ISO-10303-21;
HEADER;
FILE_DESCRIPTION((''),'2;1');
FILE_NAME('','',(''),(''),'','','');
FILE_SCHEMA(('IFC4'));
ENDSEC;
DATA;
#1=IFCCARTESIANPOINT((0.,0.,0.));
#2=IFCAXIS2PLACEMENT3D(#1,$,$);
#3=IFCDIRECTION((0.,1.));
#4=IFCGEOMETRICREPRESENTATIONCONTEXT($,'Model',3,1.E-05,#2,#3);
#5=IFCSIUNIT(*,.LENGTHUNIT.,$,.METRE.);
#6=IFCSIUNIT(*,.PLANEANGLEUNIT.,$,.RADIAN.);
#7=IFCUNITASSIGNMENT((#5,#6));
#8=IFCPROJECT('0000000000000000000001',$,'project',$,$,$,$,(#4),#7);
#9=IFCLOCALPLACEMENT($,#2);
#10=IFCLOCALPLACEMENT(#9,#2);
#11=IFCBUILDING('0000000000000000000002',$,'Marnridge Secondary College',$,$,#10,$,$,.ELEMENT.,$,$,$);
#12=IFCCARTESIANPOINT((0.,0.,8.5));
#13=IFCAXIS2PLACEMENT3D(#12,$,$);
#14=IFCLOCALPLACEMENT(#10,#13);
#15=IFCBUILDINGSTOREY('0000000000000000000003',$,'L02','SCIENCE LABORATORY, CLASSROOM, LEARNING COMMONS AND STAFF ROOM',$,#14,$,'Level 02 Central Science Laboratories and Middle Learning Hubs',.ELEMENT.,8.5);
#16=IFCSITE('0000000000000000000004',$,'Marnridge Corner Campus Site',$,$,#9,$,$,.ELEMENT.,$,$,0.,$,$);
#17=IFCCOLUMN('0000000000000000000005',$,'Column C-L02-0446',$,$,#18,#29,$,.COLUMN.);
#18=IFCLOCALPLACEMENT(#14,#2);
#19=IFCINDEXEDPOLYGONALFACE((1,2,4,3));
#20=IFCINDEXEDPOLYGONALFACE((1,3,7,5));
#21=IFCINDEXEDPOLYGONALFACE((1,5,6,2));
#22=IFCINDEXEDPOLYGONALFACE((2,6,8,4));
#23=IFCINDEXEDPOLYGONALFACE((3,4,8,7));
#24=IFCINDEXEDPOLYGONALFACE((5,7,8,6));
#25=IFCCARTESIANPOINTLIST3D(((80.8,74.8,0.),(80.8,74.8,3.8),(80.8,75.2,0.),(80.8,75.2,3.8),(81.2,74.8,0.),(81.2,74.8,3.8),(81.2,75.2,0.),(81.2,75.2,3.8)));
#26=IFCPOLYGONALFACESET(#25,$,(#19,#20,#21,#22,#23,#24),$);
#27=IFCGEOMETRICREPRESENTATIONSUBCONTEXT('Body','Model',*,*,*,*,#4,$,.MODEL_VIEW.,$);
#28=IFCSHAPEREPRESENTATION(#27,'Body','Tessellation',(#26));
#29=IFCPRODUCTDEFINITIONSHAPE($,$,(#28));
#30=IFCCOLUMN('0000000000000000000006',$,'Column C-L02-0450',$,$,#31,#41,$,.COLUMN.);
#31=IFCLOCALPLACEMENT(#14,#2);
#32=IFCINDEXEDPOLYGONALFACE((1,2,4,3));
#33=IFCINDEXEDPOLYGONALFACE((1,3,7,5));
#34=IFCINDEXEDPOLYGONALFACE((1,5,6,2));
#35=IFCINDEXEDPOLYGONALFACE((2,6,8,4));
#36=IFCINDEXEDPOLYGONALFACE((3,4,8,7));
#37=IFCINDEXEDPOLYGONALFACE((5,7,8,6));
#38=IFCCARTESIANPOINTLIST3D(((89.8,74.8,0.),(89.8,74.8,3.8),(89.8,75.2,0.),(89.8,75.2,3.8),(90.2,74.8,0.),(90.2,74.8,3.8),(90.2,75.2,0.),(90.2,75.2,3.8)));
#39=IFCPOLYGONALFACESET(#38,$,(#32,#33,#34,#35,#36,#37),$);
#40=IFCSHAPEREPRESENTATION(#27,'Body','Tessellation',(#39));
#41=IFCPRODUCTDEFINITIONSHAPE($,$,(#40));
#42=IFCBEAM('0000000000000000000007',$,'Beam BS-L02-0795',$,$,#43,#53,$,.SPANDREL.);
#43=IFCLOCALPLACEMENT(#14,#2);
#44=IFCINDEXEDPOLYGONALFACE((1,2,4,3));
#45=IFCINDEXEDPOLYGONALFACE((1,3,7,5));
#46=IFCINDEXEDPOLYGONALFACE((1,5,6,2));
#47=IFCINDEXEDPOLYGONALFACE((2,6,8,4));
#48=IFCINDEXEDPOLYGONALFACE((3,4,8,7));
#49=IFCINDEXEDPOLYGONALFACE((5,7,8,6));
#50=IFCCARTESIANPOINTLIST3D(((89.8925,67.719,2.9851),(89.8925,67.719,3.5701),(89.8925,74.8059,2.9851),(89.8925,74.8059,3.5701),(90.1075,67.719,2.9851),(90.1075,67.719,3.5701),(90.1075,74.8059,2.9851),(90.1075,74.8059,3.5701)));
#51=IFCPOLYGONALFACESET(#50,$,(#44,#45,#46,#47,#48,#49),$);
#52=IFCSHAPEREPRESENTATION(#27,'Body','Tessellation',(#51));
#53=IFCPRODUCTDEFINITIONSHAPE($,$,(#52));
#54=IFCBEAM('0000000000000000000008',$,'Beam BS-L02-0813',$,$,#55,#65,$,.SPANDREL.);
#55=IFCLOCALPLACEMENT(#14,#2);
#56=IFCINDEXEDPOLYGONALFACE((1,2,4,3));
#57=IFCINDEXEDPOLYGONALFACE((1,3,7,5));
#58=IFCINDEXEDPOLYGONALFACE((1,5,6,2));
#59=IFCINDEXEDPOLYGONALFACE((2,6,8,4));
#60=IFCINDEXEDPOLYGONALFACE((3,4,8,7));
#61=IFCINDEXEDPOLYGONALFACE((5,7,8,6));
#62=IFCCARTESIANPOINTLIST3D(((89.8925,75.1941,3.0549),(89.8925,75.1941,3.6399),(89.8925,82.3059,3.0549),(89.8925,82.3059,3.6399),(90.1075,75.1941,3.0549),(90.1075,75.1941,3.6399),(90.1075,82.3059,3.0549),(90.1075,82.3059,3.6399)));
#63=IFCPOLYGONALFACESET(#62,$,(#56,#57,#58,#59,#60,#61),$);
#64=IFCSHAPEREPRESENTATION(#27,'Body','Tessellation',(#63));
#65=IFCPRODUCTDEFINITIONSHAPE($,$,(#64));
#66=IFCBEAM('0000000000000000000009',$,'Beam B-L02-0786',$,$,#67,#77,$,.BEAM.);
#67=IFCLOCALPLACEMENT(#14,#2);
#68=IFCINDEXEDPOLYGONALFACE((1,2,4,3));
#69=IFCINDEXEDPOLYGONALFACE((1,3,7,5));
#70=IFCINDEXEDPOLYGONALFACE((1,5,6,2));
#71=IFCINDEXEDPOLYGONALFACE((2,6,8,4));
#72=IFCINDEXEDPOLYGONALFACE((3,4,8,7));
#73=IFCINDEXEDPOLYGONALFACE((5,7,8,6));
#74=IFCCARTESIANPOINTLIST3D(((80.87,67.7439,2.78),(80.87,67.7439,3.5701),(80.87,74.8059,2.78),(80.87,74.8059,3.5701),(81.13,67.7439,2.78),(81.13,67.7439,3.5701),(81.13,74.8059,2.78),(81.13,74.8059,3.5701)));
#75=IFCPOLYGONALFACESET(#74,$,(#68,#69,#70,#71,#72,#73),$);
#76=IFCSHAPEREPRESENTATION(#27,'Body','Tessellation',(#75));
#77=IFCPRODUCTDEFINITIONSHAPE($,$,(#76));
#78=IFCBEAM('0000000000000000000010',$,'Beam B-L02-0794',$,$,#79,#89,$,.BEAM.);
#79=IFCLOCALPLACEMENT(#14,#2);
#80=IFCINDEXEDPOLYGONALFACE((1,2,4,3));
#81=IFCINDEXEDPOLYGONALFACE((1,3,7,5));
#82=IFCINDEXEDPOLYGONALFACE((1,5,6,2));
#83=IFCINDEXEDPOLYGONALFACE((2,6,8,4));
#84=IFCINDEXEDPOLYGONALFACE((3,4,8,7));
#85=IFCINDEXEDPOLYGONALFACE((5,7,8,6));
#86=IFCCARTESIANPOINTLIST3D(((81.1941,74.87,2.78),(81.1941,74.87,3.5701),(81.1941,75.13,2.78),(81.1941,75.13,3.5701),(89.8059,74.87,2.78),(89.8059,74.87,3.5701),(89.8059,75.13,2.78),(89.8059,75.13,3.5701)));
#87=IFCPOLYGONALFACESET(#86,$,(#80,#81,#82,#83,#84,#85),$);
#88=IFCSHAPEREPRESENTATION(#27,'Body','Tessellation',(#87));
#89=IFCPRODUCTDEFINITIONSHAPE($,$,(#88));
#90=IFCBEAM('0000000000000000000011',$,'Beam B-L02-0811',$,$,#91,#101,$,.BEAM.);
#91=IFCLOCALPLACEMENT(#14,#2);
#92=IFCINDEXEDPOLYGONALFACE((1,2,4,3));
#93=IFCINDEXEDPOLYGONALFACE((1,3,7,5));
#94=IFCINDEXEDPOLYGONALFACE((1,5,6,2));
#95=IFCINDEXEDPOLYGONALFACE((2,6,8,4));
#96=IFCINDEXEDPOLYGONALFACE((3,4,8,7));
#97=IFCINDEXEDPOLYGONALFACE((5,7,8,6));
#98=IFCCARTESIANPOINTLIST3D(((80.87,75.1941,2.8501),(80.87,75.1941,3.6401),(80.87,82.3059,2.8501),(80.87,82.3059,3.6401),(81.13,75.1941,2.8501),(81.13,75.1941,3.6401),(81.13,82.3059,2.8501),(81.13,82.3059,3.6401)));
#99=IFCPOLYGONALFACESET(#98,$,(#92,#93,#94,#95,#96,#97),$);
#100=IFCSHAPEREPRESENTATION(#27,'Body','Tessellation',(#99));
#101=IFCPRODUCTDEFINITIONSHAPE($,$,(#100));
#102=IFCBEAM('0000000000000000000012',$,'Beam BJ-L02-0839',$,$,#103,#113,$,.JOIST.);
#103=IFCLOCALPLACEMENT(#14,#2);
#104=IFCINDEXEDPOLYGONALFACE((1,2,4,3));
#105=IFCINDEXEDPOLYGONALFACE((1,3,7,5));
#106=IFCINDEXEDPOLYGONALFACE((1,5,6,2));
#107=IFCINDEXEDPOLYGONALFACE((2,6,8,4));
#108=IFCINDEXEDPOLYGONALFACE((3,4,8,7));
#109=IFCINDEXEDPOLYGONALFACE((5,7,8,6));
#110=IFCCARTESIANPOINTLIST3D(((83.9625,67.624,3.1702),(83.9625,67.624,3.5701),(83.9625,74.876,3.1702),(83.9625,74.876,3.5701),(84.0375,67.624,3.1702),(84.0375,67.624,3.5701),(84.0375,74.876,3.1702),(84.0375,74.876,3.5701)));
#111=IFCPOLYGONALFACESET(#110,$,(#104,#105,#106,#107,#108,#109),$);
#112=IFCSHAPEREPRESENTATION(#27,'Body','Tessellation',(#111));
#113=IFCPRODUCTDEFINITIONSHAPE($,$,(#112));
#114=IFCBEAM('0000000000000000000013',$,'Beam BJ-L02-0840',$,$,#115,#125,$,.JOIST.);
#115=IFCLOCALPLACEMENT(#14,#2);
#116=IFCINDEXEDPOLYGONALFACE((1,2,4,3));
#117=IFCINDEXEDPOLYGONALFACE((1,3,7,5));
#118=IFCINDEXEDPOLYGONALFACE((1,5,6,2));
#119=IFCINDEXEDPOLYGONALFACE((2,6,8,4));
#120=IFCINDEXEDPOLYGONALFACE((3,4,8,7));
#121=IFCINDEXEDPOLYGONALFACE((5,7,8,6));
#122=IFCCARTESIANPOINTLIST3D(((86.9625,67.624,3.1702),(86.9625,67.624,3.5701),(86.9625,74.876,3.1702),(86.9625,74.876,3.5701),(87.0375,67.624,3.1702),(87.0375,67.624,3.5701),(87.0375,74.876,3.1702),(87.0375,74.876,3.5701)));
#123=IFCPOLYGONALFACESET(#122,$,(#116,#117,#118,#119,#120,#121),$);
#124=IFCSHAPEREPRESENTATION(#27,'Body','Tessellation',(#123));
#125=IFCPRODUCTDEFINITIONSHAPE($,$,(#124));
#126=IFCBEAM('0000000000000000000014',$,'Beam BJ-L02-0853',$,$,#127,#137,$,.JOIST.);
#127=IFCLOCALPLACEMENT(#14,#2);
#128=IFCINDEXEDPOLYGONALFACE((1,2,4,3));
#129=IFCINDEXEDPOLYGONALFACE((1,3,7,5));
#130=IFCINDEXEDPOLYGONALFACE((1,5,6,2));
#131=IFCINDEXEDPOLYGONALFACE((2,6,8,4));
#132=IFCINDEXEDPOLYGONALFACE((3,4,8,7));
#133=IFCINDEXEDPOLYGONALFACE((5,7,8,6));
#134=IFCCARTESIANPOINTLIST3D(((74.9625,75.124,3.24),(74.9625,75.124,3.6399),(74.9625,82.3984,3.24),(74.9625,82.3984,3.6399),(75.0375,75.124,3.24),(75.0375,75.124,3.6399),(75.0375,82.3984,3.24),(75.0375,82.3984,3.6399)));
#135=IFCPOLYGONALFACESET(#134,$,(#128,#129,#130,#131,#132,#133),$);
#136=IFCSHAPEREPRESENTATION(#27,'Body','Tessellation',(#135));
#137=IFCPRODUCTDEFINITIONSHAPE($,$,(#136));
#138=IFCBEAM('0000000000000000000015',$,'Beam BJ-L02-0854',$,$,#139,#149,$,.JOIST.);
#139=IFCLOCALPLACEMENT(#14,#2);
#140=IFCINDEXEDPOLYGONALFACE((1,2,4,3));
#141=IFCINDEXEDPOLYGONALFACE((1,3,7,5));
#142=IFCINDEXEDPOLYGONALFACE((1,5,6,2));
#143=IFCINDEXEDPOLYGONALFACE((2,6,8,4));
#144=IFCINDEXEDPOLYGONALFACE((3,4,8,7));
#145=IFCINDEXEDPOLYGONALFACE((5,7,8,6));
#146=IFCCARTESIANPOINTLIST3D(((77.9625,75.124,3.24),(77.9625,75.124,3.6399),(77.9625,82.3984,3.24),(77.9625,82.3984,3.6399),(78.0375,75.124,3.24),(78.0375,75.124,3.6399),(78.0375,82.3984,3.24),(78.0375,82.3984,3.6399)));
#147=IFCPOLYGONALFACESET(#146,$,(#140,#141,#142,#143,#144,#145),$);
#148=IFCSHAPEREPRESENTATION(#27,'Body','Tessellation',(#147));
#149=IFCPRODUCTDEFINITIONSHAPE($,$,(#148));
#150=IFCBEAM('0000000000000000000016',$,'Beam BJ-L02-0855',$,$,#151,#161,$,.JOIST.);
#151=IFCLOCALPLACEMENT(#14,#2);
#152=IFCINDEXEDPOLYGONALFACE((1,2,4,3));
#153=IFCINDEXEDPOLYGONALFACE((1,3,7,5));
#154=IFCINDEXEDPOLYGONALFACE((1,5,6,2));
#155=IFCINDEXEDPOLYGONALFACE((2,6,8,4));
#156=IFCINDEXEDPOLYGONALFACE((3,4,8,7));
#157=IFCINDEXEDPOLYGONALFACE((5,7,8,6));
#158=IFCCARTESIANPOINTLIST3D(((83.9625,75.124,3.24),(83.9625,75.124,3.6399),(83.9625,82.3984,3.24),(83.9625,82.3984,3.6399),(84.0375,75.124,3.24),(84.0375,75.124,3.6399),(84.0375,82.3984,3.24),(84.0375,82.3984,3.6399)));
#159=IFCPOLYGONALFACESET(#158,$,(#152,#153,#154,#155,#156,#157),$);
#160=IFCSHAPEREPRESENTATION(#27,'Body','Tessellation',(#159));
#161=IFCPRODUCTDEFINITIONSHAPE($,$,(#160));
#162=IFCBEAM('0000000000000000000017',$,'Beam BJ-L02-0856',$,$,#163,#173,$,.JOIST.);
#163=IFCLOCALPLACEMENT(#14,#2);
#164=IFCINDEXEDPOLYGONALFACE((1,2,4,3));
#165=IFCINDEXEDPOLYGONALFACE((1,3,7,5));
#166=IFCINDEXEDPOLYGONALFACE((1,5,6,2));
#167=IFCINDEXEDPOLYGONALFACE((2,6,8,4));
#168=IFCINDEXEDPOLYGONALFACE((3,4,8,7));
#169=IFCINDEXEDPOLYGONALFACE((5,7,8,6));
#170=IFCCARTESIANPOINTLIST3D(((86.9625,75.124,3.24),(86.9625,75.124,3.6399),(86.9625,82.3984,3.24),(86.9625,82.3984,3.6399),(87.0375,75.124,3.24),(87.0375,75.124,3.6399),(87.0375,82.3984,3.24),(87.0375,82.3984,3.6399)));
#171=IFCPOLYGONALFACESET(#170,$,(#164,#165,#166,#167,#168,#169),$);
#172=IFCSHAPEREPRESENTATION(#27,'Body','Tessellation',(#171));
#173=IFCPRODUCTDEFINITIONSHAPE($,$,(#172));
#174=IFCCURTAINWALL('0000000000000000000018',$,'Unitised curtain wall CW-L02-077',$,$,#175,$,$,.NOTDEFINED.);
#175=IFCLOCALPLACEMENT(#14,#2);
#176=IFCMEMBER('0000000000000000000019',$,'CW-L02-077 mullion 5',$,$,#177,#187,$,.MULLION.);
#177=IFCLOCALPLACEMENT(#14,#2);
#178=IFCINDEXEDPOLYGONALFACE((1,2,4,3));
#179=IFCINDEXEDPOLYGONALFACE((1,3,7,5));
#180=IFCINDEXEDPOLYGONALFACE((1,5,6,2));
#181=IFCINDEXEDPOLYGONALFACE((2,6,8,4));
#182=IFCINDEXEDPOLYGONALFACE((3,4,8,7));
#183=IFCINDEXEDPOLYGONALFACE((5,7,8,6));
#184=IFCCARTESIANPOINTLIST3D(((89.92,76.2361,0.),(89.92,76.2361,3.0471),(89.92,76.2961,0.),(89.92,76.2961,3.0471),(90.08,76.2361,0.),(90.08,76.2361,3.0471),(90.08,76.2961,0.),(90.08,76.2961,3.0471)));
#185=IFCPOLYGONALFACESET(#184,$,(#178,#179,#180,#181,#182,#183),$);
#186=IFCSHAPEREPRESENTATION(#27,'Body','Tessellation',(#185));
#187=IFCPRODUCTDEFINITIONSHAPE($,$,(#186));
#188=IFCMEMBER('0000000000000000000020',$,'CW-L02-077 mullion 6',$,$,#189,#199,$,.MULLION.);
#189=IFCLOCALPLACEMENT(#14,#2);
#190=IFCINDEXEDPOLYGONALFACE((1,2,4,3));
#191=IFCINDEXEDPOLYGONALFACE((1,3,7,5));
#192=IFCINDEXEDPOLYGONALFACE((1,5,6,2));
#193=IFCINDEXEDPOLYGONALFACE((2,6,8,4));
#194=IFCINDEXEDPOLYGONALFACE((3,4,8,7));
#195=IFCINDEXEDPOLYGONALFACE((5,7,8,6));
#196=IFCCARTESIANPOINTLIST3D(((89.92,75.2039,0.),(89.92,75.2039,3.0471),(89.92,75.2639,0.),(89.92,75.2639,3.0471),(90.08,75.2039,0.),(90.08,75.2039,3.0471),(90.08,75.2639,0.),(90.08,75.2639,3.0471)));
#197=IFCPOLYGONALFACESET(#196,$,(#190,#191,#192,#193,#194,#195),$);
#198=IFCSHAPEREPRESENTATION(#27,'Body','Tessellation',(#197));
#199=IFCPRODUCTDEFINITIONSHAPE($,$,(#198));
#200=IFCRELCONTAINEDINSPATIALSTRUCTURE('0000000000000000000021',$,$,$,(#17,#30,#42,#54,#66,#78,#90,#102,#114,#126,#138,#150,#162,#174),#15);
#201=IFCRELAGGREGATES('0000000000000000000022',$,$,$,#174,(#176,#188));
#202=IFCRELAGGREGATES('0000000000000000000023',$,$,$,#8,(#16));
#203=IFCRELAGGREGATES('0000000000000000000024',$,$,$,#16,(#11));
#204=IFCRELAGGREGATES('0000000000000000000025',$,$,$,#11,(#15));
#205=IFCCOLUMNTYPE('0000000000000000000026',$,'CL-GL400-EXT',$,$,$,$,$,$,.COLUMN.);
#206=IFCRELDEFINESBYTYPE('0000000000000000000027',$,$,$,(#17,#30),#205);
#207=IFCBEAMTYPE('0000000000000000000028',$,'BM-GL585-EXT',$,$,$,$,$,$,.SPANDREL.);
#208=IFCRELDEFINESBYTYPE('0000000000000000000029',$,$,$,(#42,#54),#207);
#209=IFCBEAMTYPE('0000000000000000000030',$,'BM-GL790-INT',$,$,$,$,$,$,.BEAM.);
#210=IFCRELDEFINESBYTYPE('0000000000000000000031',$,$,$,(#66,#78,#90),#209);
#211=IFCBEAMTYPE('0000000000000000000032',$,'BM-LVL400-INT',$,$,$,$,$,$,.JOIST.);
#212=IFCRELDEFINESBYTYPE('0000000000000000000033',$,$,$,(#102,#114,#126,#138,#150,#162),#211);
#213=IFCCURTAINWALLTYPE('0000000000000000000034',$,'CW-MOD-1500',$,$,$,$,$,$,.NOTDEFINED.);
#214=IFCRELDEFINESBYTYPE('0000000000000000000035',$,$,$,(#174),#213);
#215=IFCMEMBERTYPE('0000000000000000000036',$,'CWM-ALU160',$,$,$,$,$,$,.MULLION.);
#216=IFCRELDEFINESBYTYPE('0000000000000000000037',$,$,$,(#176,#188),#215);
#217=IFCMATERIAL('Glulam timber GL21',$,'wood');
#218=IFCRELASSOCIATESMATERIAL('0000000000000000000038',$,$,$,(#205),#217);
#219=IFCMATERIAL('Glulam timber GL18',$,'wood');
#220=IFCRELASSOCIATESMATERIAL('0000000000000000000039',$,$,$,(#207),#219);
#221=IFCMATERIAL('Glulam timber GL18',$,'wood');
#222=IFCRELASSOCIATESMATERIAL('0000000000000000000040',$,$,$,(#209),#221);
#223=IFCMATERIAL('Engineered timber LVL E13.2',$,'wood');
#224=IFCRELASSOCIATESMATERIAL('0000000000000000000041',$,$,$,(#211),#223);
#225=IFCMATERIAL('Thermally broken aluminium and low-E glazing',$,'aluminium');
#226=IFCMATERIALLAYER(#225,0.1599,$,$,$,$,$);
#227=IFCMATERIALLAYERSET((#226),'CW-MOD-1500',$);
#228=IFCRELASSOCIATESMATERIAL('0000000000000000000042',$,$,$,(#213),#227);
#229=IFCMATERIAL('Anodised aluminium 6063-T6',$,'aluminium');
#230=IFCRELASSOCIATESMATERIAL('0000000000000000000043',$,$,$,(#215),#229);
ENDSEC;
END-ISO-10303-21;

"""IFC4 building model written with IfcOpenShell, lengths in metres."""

from ifc_helpers import new_model, si_unit, direction, frame, origin, origin_2d, place, context, subcontext, project, spatial, rectangle, extrude, material, layer, layer_set, material_profile, profile_set, type_object, element, aggregate, save


model = new_model("IFC4")

# Units and contexts
model_context = context("Model", 3, precision=1e-05, world=origin(), true_north=direction((0.0, 1.0)))
body_context = subcontext(model_context, "Body", "Model", "MODEL_VIEW")
ifc_project = project(units=[si_unit("LENGTHUNIT", "METRE"), si_unit("PLANEANGLEUNIT", "RADIAN")], contexts=[model_context])

# Site, building, storey
site_placement = place(None, origin())
site = spatial("IfcSite", under=ifc_project, at=site_placement, Name="Marnridge Corner Campus Site", CompositionType="ELEMENT", RefElevation=0.0)
building_placement = place(site_placement, origin())
building = spatial("IfcBuilding", under=site, at=building_placement, Name="Marnridge Secondary College", CompositionType="ELEMENT")
storey_placement = place(building_placement, frame((0.0, 0.0, 8.5)))
storey = spatial("IfcBuildingStorey", under=building, at=storey_placement, Name="L02", Description="SCIENCE LABORATORY, CLASSROOM, LEARNING COMMONS AND STAFF ROOM", LongName="Level 02 Central Science Laboratories and Middle Learning Hubs", CompositionType="ELEMENT", Elevation=8.5)

# Columns
ifc_material_1 = material(Name="Glulam timber GL21", Category="wood")
ifc_material_profile_1 = material_profile(ifc_material_1, rectangle(XDim=0.3999, YDim=0.3999, at=origin_2d()), Name="GL21 400x400")
ifc_profile_set_1 = profile_set([ifc_material_profile_1], Name="Glulam timber GL21")
column_type = type_object("IfcColumnType", Name="CL-GL400-EXT", PredefinedType="COLUMN", material=ifc_profile_set_1)
for number, where, z_axis, x_axis, name in (
    (1, (81.0, 75.0, 0.0), (0.0, 0.0, 1.0), (1.0, 0.0, 0.0), "Column C-L02-0446"),
    (2, (90.0, 75.0, 0.0), (0.0, 0.0, 1.0), (1.0, 0.0, 0.0), "Column C-L02-0450"),
):
    element("IfcColumn", number, at=place(storey_placement, frame(where, z_axis=z_axis, x_axis=x_axis)), inside=storey, type_object=column_type, Name=name, PredefinedType="COLUMN", context=body_context, shape_type="SweptSolid", body=[
        extrude(rectangle(XDim=0.3999, YDim=0.3999, at=origin_2d()), origin(), (0.0, 0.0, 1.0), 3.8),
    ])

# Beams
ifc_material_2 = material(Name="Glulam timber GL18", Category="wood")
ifc_material_profile_2 = material_profile(ifc_material_2, rectangle(XDim=0.2151, YDim=0.585, at=origin_2d()), Name="GL18 215x585")
ifc_profile_set_2 = profile_set([ifc_material_profile_2], Name="Glulam timber GL18")
beam_type_1 = type_object("IfcBeamType", Name="BM-GL585-EXT", PredefinedType="SPANDREL", material=ifc_profile_set_2)
beam_1_placement = place(storey_placement, frame((90.0, 67.719, 3.2776), z_axis=(0.0, 1.0, 0.0), x_axis=(-1.0, 0.0, 0.0)))
element("IfcBeam", 3, at=beam_1_placement, inside=storey, type_object=beam_type_1, Name="Beam BS-L02-0795", PredefinedType="SPANDREL", context=body_context, shape_type="SweptSolid", body=[
    extrude(rectangle(XDim=0.2151, YDim=0.585, at=origin_2d()), origin(), (0.0, 0.0, 1.0), 7.0869),
])
beam_2_placement = place(storey_placement, frame((90.0, 75.1941, 3.3474), z_axis=(0.0, 1.0, 0.0), x_axis=(-1.0, 0.0, 0.0)))
element("IfcBeam", 4, at=beam_2_placement, inside=storey, type_object=beam_type_1, Name="Beam BS-L02-0813", PredefinedType="SPANDREL", context=body_context, shape_type="SweptSolid", body=[
    extrude(rectangle(XDim=0.2151, YDim=0.585, at=origin_2d()), origin(), (0.0, 0.0, 1.0), 7.1118),
])
ifc_material_3 = material(Name="Glulam timber GL18", Category="wood")
ifc_material_profile_3 = material_profile(ifc_material_3, rectangle(XDim=0.26, YDim=0.79, at=origin_2d()), Name="GL18 260x790")
ifc_profile_set_3 = profile_set([ifc_material_profile_3], Name="Glulam timber GL18")
beam_type_2 = type_object("IfcBeamType", Name="BM-GL790-INT", PredefinedType="BEAM", material=ifc_profile_set_3)
beam_3_placement = place(storey_placement, frame((81.0, 67.7439, 3.175), z_axis=(0.0, 1.0, 0.0), x_axis=(-1.0, 0.0, 0.0)))
element("IfcBeam", 5, at=beam_3_placement, inside=storey, type_object=beam_type_2, Name="Beam B-L02-0786", PredefinedType="BEAM", context=body_context, shape_type="SweptSolid", body=[
    extrude(rectangle(XDim=0.26, YDim=0.79, at=origin_2d()), origin(), (0.0, 0.0, 1.0), 7.062),
])
beam_4_placement = place(storey_placement, frame((81.1941, 75.0, 3.175), z_axis=(1.0, 0.0, 0.0), x_axis=(0.0, 1.0, 0.0)))
element("IfcBeam", 6, at=beam_4_placement, inside=storey, type_object=beam_type_2, Name="Beam B-L02-0794", PredefinedType="BEAM", context=body_context, shape_type="SweptSolid", body=[
    extrude(rectangle(XDim=0.26, YDim=0.79, at=origin_2d()), origin(), (0.0, 0.0, 1.0), 8.6118),
])
beam_5_placement = place(storey_placement, frame((81.0, 75.1941, 3.2451), z_axis=(0.0, 1.0, 0.0), x_axis=(-1.0, 0.0, 0.0)))
element("IfcBeam", 7, at=beam_5_placement, inside=storey, type_object=beam_type_2, Name="Beam B-L02-0811", PredefinedType="BEAM", context=body_context, shape_type="SweptSolid", body=[
    extrude(rectangle(XDim=0.26, YDim=0.79, at=origin_2d()), origin(), (0.0, 0.0, 1.0), 7.1118),
])
ifc_material_4 = material(Name="Engineered timber LVL E13.2", Category="wood")
ifc_material_profile_4 = material_profile(ifc_material_4, rectangle(XDim=0.075, YDim=0.3999, at=origin_2d()), Name="LVL 75x400")
ifc_profile_set_4 = profile_set([ifc_material_profile_4], Name="Engineered timber LVL E13.2")
beam_type_3 = type_object("IfcBeamType", Name="BM-LVL400-INT", PredefinedType="JOIST", material=ifc_profile_set_4)
for number, where, z_axis, x_axis, name in (
    (8, (84.0, 67.624, 3.3701), (0.0, 1.0, 0.0), (-1.0, 0.0, 0.0), "Beam BJ-L02-0839"),
    (9, (87.0, 67.624, 3.3701), (0.0, 1.0, 0.0), (-1.0, 0.0, 0.0), "Beam BJ-L02-0840"),
):
    element("IfcBeam", number, at=place(storey_placement, frame(where, z_axis=z_axis, x_axis=x_axis)), inside=storey, type_object=beam_type_3, Name=name, PredefinedType="JOIST", context=body_context, shape_type="SweptSolid", body=[
        extrude(rectangle(XDim=0.075, YDim=0.3999, at=origin_2d()), origin(), (0.0, 0.0, 1.0), 7.252),
    ])
for number, where, z_axis, x_axis, name in (
    (10, (75.0, 75.124, 3.4399), (0.0, 1.0, 0.0), (-1.0, 0.0, 0.0), "Beam BJ-L02-0853"),
    (11, (78.0, 75.124, 3.4399), (0.0, 1.0, 0.0), (-1.0, 0.0, 0.0), "Beam BJ-L02-0854"),
    (12, (84.0, 75.124, 3.4399), (0.0, 1.0, 0.0), (-1.0, 0.0, 0.0), "Beam BJ-L02-0855"),
    (13, (87.0, 75.124, 3.4399), (0.0, 1.0, 0.0), (-1.0, 0.0, 0.0), "Beam BJ-L02-0856"),
):
    element("IfcBeam", number, at=place(storey_placement, frame(where, z_axis=z_axis, x_axis=x_axis)), inside=storey, type_object=beam_type_3, Name=name, PredefinedType="JOIST", context=body_context, shape_type="SweptSolid", body=[
        extrude(rectangle(XDim=0.075, YDim=0.3999, at=origin_2d()), origin(), (0.0, 0.0, 1.0), 7.2744),
    ])

# Curtain wall, members
ifc_material_5 = material(Name="Thermally broken aluminium and low-E glazing", Category="aluminium")
ifc_layer_1 = layer(ifc_material_5, 0.1599)
ifc_layer_set_1 = layer_set([ifc_layer_1], Name="CW-MOD-1500")
curtain_wall_type = type_object("IfcCurtainWallType", Name="CW-MOD-1500", PredefinedType="NOTDEFINED", material=ifc_layer_set_1)
curtain_wall_placement = place(storey_placement, origin())
curtain_wall = element("IfcCurtainWall", 14, at=curtain_wall_placement, inside=storey, type_object=curtain_wall_type, Name="Unitised curtain wall CW-L02-077", PredefinedType="NOTDEFINED")
ifc_material_6 = material(Name="Anodised aluminium 6063-T6", Category="aluminium")
ifc_material_profile_5 = material_profile(ifc_material_6, rectangle(XDim=0.0601, YDim=0.1599, at=origin_2d()), Name="ALU 60x160")
ifc_profile_set_5 = profile_set([ifc_material_profile_5], Name="Anodised aluminium 6063-T6")
member_type_1 = type_object("IfcMemberType", Name="CWM-ALU160", PredefinedType="MULLION", material=ifc_profile_set_5)
member_1_placement = place(storey_placement, frame((90.0, 76.2661, 0.0), z_axis=(0.0, 0.0, 1.0), x_axis=(0.0, -1.0, 0.0)))
member_1 = element("IfcMember", 15, at=member_1_placement, type_object=member_type_1, Name="CW-L02-077 mullion 5", PredefinedType="MULLION", context=body_context, shape_type="SweptSolid", body=[
    extrude(rectangle(XDim=0.0601, YDim=0.1599, at=origin_2d()), origin(), (0.0, 0.0, 1.0), 3.0471),
])
member_2_placement = place(storey_placement, frame((90.0, 75.2339, 0.0), z_axis=(0.0, 0.0, 1.0), x_axis=(0.0, -1.0, 0.0)))
member_2 = element("IfcMember", 16, at=member_2_placement, type_object=member_type_1, Name="CW-L02-077 mullion 6", PredefinedType="MULLION", context=body_context, shape_type="SweptSolid", body=[
    extrude(rectangle(XDim=0.0601, YDim=0.1599, at=origin_2d()), origin(), (0.0, 0.0, 1.0), 3.0471),
])
aggregate(curtain_wall, [member_1, member_2])

save(model, "model.ifc")
